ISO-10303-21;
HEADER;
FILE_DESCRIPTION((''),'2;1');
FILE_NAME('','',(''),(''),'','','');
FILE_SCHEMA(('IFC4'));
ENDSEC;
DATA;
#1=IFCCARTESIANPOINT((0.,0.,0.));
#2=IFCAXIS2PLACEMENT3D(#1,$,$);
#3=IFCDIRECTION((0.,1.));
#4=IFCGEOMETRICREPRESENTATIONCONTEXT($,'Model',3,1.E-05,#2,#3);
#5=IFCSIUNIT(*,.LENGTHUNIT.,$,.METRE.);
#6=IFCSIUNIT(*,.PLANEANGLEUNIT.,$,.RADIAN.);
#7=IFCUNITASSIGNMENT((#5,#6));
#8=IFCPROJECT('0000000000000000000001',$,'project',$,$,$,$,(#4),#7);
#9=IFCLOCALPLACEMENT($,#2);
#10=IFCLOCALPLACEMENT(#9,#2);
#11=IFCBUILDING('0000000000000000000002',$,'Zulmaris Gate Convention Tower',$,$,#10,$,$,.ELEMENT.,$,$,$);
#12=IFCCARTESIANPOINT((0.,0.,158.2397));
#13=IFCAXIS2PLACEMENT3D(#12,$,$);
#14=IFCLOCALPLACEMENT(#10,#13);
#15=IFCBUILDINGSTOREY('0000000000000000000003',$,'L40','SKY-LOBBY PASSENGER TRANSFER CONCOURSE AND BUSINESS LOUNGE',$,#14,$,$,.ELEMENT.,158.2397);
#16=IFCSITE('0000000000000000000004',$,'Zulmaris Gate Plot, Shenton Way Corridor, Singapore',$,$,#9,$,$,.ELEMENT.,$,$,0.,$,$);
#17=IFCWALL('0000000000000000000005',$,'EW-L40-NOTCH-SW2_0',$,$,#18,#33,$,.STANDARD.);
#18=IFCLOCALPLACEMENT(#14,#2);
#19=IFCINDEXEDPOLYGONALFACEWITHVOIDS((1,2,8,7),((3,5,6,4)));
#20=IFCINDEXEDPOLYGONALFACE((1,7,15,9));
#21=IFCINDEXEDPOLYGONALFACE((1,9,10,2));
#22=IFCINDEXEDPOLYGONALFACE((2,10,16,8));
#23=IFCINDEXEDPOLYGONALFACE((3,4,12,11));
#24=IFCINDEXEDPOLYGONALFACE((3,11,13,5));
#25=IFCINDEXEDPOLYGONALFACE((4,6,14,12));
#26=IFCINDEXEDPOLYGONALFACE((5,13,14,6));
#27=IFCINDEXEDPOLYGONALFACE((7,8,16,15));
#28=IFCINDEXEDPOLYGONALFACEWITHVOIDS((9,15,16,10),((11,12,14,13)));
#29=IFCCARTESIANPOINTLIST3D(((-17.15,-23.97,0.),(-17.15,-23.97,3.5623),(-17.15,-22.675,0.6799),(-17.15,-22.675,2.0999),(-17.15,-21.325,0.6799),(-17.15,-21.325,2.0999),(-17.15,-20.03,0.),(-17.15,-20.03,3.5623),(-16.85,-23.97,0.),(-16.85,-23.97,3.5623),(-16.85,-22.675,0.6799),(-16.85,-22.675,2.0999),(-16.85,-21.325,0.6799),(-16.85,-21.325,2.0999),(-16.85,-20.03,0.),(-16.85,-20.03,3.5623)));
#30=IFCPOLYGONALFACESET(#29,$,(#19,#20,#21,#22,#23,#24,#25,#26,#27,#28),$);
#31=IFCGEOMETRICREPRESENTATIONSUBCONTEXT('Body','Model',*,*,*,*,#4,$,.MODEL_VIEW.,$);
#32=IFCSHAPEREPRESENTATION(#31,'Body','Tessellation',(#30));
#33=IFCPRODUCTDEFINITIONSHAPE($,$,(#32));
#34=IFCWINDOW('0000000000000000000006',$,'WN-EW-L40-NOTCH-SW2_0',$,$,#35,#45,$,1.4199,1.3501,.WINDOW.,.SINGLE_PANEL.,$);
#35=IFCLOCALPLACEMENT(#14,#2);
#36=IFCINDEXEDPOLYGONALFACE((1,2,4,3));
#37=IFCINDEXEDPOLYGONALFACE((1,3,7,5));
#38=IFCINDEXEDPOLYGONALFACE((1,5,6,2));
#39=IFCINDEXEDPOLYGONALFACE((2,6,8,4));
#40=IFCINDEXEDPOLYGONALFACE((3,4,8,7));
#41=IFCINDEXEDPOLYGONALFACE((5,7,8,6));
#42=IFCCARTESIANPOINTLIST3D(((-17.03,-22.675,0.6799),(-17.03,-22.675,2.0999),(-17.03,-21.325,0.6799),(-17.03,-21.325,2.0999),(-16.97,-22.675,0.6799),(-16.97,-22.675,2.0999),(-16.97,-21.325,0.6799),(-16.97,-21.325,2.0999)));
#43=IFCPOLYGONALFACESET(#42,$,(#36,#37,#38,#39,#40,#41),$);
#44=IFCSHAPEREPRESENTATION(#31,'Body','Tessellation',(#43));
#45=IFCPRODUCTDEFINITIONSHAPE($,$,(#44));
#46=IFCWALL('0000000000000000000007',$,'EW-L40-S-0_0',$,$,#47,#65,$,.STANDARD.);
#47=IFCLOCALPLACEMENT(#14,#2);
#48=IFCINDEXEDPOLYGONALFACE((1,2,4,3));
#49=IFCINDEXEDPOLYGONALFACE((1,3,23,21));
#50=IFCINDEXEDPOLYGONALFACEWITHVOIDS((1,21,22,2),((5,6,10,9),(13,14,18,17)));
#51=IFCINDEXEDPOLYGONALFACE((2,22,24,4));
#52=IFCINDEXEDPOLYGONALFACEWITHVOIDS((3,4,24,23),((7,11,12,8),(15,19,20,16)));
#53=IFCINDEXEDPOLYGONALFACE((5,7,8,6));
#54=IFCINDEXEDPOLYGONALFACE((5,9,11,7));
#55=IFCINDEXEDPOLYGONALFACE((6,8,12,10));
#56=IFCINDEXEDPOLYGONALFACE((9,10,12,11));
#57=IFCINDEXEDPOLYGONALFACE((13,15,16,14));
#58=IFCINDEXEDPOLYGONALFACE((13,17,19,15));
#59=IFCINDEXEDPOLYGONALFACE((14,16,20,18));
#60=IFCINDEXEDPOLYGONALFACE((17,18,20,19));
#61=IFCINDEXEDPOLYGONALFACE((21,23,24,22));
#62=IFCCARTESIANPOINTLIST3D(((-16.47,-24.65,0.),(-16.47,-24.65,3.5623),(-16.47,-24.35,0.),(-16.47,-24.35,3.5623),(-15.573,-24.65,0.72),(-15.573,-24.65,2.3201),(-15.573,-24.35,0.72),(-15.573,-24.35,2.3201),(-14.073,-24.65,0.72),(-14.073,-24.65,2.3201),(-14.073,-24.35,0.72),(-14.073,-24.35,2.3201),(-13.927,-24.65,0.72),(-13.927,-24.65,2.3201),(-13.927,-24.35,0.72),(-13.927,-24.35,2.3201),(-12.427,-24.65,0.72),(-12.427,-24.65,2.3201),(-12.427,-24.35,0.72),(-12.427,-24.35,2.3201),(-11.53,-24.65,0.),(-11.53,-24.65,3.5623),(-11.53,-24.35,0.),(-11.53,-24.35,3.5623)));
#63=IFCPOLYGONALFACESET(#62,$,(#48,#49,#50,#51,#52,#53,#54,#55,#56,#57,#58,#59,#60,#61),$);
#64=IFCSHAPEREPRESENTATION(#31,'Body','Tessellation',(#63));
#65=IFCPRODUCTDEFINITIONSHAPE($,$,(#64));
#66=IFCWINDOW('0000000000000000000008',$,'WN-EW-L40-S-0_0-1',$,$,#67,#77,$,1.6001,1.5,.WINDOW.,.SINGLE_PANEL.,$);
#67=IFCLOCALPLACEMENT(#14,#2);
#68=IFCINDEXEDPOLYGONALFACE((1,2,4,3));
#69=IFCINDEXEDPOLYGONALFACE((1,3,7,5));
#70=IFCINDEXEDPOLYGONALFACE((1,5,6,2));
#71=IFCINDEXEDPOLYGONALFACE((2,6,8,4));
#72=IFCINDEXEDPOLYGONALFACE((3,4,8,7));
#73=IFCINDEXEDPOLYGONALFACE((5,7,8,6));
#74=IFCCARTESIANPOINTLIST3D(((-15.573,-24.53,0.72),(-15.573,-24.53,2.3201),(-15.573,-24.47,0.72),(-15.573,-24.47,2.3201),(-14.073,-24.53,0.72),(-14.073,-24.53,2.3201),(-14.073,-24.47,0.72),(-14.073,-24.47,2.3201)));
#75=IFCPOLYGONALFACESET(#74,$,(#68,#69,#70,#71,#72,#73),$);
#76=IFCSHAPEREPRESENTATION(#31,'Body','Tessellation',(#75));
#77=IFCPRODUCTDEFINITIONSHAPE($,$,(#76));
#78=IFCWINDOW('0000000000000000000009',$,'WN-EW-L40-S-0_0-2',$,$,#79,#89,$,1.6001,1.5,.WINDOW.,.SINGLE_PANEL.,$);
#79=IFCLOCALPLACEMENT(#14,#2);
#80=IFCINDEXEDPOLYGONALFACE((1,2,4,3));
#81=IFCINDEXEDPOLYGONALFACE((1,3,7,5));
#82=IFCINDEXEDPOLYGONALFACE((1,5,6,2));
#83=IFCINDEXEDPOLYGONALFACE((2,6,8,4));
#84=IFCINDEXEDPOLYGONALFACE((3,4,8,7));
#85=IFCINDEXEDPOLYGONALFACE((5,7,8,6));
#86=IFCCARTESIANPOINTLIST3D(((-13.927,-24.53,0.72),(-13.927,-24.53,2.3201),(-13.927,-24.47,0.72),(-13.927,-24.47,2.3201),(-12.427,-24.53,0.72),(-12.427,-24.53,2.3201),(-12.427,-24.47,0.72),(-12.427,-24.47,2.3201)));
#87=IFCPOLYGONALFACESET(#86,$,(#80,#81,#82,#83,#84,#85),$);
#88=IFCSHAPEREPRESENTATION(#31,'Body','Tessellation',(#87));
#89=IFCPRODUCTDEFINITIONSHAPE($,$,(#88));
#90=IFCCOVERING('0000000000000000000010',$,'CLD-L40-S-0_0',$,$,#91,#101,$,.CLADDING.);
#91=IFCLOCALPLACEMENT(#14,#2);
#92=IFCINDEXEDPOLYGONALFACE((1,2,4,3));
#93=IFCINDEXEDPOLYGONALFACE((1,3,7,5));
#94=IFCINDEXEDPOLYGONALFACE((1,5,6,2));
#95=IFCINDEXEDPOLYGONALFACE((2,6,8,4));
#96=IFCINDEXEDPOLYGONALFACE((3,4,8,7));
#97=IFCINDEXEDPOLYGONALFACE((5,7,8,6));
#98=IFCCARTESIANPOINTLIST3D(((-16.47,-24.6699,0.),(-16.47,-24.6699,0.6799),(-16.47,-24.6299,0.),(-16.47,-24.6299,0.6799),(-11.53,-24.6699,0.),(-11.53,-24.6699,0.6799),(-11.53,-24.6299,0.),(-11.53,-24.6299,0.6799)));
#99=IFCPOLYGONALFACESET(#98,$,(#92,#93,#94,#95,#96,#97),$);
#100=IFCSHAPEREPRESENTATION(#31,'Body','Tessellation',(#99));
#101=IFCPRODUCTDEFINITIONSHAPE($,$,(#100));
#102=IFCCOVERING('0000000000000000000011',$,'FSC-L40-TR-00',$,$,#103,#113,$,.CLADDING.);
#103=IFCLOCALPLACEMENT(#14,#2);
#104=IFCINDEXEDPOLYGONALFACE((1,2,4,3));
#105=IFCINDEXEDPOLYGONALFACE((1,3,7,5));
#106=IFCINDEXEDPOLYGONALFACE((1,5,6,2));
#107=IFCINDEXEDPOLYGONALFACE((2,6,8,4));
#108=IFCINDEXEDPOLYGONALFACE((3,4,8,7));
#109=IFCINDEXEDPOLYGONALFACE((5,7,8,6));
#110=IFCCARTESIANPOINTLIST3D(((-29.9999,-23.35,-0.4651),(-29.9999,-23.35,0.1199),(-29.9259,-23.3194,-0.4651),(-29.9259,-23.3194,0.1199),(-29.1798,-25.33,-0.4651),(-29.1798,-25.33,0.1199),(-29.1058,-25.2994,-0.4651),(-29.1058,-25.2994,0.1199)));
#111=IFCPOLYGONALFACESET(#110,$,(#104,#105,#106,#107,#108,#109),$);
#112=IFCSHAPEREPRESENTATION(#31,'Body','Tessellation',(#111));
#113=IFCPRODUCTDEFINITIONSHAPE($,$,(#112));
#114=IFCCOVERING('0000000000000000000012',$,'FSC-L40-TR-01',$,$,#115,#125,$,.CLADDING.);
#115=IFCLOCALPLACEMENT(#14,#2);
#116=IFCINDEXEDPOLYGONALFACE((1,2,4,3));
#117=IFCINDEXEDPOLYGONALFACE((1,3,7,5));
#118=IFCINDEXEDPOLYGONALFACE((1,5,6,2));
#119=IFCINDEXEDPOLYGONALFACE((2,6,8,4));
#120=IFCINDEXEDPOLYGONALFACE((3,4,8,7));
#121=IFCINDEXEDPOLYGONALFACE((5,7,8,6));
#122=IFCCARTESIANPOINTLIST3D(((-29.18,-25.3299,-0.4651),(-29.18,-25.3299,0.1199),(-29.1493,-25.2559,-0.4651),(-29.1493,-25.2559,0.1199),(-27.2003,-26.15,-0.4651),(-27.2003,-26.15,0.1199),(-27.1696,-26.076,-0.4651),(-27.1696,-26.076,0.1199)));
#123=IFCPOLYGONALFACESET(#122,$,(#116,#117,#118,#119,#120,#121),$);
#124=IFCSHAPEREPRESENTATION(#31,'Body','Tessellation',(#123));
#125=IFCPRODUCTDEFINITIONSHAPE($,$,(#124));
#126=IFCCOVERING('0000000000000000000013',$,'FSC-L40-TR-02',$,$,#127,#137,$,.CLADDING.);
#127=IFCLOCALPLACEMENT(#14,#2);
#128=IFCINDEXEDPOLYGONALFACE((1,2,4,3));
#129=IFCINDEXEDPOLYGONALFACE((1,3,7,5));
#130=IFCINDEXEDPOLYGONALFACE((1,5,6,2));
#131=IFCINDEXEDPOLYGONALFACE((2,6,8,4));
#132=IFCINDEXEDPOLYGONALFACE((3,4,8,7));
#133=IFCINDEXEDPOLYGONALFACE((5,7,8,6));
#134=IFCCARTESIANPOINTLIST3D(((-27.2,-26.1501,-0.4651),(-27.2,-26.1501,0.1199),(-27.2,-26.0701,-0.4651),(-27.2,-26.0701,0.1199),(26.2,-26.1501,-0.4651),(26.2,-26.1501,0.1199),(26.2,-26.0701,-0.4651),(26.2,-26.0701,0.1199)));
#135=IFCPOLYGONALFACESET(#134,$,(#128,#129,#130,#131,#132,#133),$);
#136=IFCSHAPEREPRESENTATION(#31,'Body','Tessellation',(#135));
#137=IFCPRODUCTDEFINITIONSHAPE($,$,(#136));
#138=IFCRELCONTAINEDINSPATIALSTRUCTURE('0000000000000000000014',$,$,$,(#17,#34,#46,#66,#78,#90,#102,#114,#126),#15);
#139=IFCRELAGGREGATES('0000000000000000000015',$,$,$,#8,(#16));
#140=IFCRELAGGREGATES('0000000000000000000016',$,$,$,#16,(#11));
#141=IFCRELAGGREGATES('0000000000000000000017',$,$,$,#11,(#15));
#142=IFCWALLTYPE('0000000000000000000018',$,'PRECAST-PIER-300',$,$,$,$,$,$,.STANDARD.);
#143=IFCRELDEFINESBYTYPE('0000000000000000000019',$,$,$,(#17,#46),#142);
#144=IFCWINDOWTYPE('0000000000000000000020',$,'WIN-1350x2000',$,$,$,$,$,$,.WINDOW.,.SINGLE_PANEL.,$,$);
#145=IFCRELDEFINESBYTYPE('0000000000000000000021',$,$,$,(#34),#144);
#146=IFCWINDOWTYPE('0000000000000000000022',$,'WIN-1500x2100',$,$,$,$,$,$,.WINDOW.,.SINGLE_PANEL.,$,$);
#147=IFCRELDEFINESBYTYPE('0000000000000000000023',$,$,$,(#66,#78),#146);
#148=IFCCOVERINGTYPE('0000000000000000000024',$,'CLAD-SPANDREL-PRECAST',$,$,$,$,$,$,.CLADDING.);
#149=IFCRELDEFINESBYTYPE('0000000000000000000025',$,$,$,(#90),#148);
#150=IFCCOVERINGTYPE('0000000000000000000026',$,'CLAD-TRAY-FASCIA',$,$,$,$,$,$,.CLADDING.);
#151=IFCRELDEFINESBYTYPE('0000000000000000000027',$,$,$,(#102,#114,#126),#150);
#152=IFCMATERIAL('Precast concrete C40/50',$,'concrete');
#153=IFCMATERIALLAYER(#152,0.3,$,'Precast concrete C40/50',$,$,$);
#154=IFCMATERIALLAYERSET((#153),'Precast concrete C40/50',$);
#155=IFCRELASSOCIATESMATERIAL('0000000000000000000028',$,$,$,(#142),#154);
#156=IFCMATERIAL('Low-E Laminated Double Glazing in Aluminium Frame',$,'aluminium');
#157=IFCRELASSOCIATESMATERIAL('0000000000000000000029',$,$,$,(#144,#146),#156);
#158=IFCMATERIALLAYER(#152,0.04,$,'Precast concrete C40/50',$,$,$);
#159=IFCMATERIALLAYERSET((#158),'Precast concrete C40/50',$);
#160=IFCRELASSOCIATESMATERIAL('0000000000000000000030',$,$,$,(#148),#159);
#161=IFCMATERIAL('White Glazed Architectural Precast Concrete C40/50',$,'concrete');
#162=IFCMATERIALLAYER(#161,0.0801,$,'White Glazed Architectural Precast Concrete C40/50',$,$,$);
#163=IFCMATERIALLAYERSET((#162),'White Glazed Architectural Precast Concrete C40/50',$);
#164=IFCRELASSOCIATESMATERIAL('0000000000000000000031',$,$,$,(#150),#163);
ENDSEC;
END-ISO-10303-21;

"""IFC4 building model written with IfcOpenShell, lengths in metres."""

from ifc_helpers import new_model, si_unit, direction, frame, frame_2d, origin, place, context, subcontext, project, spatial, rectangle, extrude, material, layer, layer_set, type_object, element, fill, save


model = new_model("IFC4")

# Units and contexts
model_context = context("Model", 3, precision=1e-05, world=origin(), true_north=direction((0.0, 1.0)))
body_context = subcontext(model_context, "Body", "Model", "MODEL_VIEW")
ifc_project = project(units=[si_unit("LENGTHUNIT", "METRE"), si_unit("PLANEANGLEUNIT", "RADIAN")], contexts=[model_context])

# Site, building, storey
site_placement = place(None, origin())
site = spatial("IfcSite", under=ifc_project, at=site_placement, Name="Zulmaris Gate Plot, Shenton Way Corridor, Singapore", CompositionType="ELEMENT", RefElevation=0.0)
building_placement = place(site_placement, origin())
building = spatial("IfcBuilding", under=site, at=building_placement, Name="Zulmaris Gate Convention Tower", CompositionType="ELEMENT")
storey_placement = place(building_placement, frame((0.0, 0.0, 158.2397)))
storey = spatial("IfcBuildingStorey", under=building, at=storey_placement, Name="L40", Description="SKY-LOBBY PASSENGER TRANSFER CONCOURSE AND BUSINESS LOUNGE", CompositionType="ELEMENT", Elevation=158.2397)

# Wall, opening, window
ifc_material_1 = material(Name="Precast concrete C40/50", Category="concrete")
ifc_layer_1 = layer(ifc_material_1, 0.3, Name="Precast concrete C40/50")
ifc_layer_set_1 = layer_set([ifc_layer_1], Name="Precast concrete C40/50")
wall_type = type_object("IfcWallType", Name="PRECAST-PIER-300", PredefinedType="STANDARD", material=ifc_layer_set_1)
ifc_material_2 = material(Name="Low-E Laminated Double Glazing in Aluminium Frame", Category="aluminium")
window_type_1 = type_object("IfcWindowType", Name="WIN-1350x2000", PartitioningType="SINGLE_PANEL", PredefinedType="WINDOW", material=ifc_material_2)
wall_1_placement = place(storey_placement, frame((-17.0, -20.03, 0.0), z_axis=(0.0, 0.0, 1.0), x_axis=(0.0, -1.0, 0.0)))
wall_1 = element("IfcWall", 1, at=wall_1_placement, inside=storey, type_object=wall_type, Name="EW-L40-NOTCH-SW2_0", PredefinedType="STANDARD", context=body_context, shape_type="SweptSolid", body=[
    extrude(rectangle(XDim=3.9399, YDim=0.3, at=frame_2d((1.97, 0.0))), origin(), (0.0, 0.0, 1.0), 3.5623),
])
opening_1_placement = place(wall_1_placement, frame((1.2949, 0.0, 0.6799)))
opening_1 = element("IfcOpeningElement", 2, at=opening_1_placement, cuts=wall_1, PredefinedType="OPENING", context=body_context, shape_type="SweptSolid", body=[
    extrude(rectangle(XDim=1.3501, YDim=1.4199, at=frame_2d((0.675, 0.71))), frame((0.0, 0.1602, 0.0), z_axis=(0.0, -1.0, 0.0), x_axis=(1.0, 0.0, 0.0)), (0.0, 0.0, 1.0), 0.3201),
])
window_1_placement = place(opening_1_placement, origin())
window_1 = element("IfcWindow", 3, at=window_1_placement, inside=storey, type_object=window_type_1, Name="WN-EW-L40-NOTCH-SW2_0", OverallHeight=1.4199, OverallWidth=1.3501, PartitioningType="SINGLE_PANEL", PredefinedType="WINDOW", context=body_context, shape_type="SweptSolid", body=[
    extrude(rectangle(XDim=1.3501, YDim=1.4199, at=frame_2d((0.675, 0.71))), frame((0.0, 0.03, 0.0), z_axis=(0.0, -1.0, 0.0), x_axis=(1.0, 0.0, 0.0)), (0.0, 0.0, 1.0), 0.0601),
])
fill(opening_1, window_1)

# Wall, openings, windows
wall_2_placement = place(storey_placement, frame((-16.47, -24.5, 0.0), z_axis=(0.0, 0.0, 1.0), x_axis=(1.0, 0.0, 0.0)))
wall_2 = element("IfcWall", 4, at=wall_2_placement, inside=storey, type_object=wall_type, Name="EW-L40-S-0_0", PredefinedType="STANDARD", context=body_context, shape_type="SweptSolid", body=[
    extrude(rectangle(XDim=4.9399, YDim=0.3, at=frame_2d((2.47, 0.0))), origin(), (0.0, 0.0, 1.0), 3.5623),
])
opening_2_placement = place(wall_2_placement, frame((0.897, 0.0, 0.72)))
opening_2 = element("IfcOpeningElement", 5, at=opening_2_placement, cuts=wall_2, PredefinedType="OPENING", context=body_context, shape_type="SweptSolid", body=[
    extrude(rectangle(XDim=1.5, YDim=1.6001, at=frame_2d((0.75, 0.8))), frame((0.0, 0.1602, 0.0), z_axis=(0.0, -1.0, 0.0), x_axis=(1.0, 0.0, 0.0)), (0.0, 0.0, 1.0), 0.3201),
])
opening_3_placement = place(wall_2_placement, frame((2.543, 0.0, 0.72)))
opening_3 = element("IfcOpeningElement", 6, at=opening_3_placement, cuts=wall_2, PredefinedType="OPENING", context=body_context, shape_type="SweptSolid", body=[
    extrude(rectangle(XDim=1.5, YDim=1.6001, at=frame_2d((0.75, 0.8))), frame((0.0, 0.1602, 0.0), z_axis=(0.0, -1.0, 0.0), x_axis=(1.0, 0.0, 0.0)), (0.0, 0.0, 1.0), 0.3201),
])
window_type_2 = type_object("IfcWindowType", Name="WIN-1500x2100", PartitioningType="SINGLE_PANEL", PredefinedType="WINDOW", material=ifc_material_2)
window_2_placement = place(opening_2_placement, origin())
window_2 = element("IfcWindow", 7, at=window_2_placement, inside=storey, type_object=window_type_2, Name="WN-EW-L40-S-0_0-1", OverallHeight=1.6001, OverallWidth=1.5, PartitioningType="SINGLE_PANEL", PredefinedType="WINDOW", context=body_context, shape_type="SweptSolid", body=[
    extrude(rectangle(XDim=1.5, YDim=1.6001, at=frame_2d((0.75, 0.8))), frame((0.0, 0.03, 0.0), z_axis=(0.0, -1.0, 0.0), x_axis=(1.0, 0.0, 0.0)), (0.0, 0.0, 1.0), 0.0601),
])
fill(opening_2, window_2)
window_3_placement = place(opening_3_placement, origin())
window_3 = element("IfcWindow", 8, at=window_3_placement, inside=storey, type_object=window_type_2, Name="WN-EW-L40-S-0_0-2", OverallHeight=1.6001, OverallWidth=1.5, PartitioningType="SINGLE_PANEL", PredefinedType="WINDOW", context=body_context, shape_type="SweptSolid", body=[
    extrude(rectangle(XDim=1.5, YDim=1.6001, at=frame_2d((0.75, 0.8))), frame((0.0, 0.03, 0.0), z_axis=(0.0, -1.0, 0.0), x_axis=(1.0, 0.0, 0.0)), (0.0, 0.0, 1.0), 0.0601),
])
fill(opening_3, window_3)

# Coverings
ifc_layer_2 = layer(ifc_material_1, 0.04, Name="Precast concrete C40/50")
ifc_layer_set_2 = layer_set([ifc_layer_2], Name="Precast concrete C40/50")
covering_type_1 = type_object("IfcCoveringType", Name="CLAD-SPANDREL-PRECAST", PredefinedType="CLADDING", material=ifc_layer_set_2)
covering_1_placement = place(storey_placement, frame((-16.47, -24.6499, 0.0), z_axis=(0.0, 0.0, 1.0), x_axis=(1.0, 0.0, 0.0)))
element("IfcCovering", 9, at=covering_1_placement, inside=storey, type_object=covering_type_1, Name="CLD-L40-S-0_0", PredefinedType="CLADDING", context=body_context, shape_type="SweptSolid", body=[
    extrude(rectangle(XDim=4.9399, YDim=0.04, at=frame_2d((2.47, 0.0))), origin(), (0.0, 0.0, 1.0), 0.6799),
])
ifc_material_3 = material(Name="White Glazed Architectural Precast Concrete C40/50", Category="concrete")
ifc_layer_3 = layer(ifc_material_3, 0.0801, Name="White Glazed Architectural Precast Concrete C40/50")
ifc_layer_set_3 = layer_set([ifc_layer_3], Name="White Glazed Architectural Precast Concrete C40/50")
covering_type_2 = type_object("IfcCoveringType", Name="CLAD-TRAY-FASCIA", PredefinedType="CLADDING", material=ifc_layer_set_3)
covering_2_placement = place(storey_placement, frame((-29.9629, -23.3347, -0.4651), z_axis=(0.0, 0.0, 1.0), x_axis=(0.382657, -0.92389, 0.0)))
element("IfcCovering", 10, at=covering_2_placement, inside=storey, type_object=covering_type_2, Name="FSC-L40-TR-00", PredefinedType="CLADDING", context=body_context, shape_type="SweptSolid", body=[
    extrude(rectangle(XDim=2.1431, YDim=0.0801, at=frame_2d((1.0715, 0.0))), origin(), (0.0, 0.0, 1.0), 0.585),
])
covering_3_placement = place(storey_placement, frame((-29.1646, -25.293, -0.4651), z_axis=(0.0, 0.0, 1.0), x_axis=(0.923874, -0.382697, 0.0)))
element("IfcCovering", 11, at=covering_3_placement, inside=storey, type_object=covering_type_2, Name="FSC-L40-TR-01", PredefinedType="CLADDING", context=body_context, shape_type="SweptSolid", body=[
    extrude(rectangle(XDim=2.1428, YDim=0.0801, at=frame_2d((1.0713, 0.0))), origin(), (0.0, 0.0, 1.0), 0.585),
])
covering_4_placement = place(storey_placement, frame((-27.2, -26.1101, -0.4651), z_axis=(0.0, 0.0, 1.0), x_axis=(1.0, 0.0, 0.0)))
element("IfcCovering", 12, at=covering_4_placement, inside=storey, type_object=covering_type_2, Name="FSC-L40-TR-02", PredefinedType="CLADDING", context=body_context, shape_type="SweptSolid", body=[
    extrude(rectangle(XDim=53.3999, YDim=0.0801, at=frame_2d((26.7, 0.0))), origin(), (0.0, 0.0, 1.0), 0.585),
])

save(model, "model.ifc")
